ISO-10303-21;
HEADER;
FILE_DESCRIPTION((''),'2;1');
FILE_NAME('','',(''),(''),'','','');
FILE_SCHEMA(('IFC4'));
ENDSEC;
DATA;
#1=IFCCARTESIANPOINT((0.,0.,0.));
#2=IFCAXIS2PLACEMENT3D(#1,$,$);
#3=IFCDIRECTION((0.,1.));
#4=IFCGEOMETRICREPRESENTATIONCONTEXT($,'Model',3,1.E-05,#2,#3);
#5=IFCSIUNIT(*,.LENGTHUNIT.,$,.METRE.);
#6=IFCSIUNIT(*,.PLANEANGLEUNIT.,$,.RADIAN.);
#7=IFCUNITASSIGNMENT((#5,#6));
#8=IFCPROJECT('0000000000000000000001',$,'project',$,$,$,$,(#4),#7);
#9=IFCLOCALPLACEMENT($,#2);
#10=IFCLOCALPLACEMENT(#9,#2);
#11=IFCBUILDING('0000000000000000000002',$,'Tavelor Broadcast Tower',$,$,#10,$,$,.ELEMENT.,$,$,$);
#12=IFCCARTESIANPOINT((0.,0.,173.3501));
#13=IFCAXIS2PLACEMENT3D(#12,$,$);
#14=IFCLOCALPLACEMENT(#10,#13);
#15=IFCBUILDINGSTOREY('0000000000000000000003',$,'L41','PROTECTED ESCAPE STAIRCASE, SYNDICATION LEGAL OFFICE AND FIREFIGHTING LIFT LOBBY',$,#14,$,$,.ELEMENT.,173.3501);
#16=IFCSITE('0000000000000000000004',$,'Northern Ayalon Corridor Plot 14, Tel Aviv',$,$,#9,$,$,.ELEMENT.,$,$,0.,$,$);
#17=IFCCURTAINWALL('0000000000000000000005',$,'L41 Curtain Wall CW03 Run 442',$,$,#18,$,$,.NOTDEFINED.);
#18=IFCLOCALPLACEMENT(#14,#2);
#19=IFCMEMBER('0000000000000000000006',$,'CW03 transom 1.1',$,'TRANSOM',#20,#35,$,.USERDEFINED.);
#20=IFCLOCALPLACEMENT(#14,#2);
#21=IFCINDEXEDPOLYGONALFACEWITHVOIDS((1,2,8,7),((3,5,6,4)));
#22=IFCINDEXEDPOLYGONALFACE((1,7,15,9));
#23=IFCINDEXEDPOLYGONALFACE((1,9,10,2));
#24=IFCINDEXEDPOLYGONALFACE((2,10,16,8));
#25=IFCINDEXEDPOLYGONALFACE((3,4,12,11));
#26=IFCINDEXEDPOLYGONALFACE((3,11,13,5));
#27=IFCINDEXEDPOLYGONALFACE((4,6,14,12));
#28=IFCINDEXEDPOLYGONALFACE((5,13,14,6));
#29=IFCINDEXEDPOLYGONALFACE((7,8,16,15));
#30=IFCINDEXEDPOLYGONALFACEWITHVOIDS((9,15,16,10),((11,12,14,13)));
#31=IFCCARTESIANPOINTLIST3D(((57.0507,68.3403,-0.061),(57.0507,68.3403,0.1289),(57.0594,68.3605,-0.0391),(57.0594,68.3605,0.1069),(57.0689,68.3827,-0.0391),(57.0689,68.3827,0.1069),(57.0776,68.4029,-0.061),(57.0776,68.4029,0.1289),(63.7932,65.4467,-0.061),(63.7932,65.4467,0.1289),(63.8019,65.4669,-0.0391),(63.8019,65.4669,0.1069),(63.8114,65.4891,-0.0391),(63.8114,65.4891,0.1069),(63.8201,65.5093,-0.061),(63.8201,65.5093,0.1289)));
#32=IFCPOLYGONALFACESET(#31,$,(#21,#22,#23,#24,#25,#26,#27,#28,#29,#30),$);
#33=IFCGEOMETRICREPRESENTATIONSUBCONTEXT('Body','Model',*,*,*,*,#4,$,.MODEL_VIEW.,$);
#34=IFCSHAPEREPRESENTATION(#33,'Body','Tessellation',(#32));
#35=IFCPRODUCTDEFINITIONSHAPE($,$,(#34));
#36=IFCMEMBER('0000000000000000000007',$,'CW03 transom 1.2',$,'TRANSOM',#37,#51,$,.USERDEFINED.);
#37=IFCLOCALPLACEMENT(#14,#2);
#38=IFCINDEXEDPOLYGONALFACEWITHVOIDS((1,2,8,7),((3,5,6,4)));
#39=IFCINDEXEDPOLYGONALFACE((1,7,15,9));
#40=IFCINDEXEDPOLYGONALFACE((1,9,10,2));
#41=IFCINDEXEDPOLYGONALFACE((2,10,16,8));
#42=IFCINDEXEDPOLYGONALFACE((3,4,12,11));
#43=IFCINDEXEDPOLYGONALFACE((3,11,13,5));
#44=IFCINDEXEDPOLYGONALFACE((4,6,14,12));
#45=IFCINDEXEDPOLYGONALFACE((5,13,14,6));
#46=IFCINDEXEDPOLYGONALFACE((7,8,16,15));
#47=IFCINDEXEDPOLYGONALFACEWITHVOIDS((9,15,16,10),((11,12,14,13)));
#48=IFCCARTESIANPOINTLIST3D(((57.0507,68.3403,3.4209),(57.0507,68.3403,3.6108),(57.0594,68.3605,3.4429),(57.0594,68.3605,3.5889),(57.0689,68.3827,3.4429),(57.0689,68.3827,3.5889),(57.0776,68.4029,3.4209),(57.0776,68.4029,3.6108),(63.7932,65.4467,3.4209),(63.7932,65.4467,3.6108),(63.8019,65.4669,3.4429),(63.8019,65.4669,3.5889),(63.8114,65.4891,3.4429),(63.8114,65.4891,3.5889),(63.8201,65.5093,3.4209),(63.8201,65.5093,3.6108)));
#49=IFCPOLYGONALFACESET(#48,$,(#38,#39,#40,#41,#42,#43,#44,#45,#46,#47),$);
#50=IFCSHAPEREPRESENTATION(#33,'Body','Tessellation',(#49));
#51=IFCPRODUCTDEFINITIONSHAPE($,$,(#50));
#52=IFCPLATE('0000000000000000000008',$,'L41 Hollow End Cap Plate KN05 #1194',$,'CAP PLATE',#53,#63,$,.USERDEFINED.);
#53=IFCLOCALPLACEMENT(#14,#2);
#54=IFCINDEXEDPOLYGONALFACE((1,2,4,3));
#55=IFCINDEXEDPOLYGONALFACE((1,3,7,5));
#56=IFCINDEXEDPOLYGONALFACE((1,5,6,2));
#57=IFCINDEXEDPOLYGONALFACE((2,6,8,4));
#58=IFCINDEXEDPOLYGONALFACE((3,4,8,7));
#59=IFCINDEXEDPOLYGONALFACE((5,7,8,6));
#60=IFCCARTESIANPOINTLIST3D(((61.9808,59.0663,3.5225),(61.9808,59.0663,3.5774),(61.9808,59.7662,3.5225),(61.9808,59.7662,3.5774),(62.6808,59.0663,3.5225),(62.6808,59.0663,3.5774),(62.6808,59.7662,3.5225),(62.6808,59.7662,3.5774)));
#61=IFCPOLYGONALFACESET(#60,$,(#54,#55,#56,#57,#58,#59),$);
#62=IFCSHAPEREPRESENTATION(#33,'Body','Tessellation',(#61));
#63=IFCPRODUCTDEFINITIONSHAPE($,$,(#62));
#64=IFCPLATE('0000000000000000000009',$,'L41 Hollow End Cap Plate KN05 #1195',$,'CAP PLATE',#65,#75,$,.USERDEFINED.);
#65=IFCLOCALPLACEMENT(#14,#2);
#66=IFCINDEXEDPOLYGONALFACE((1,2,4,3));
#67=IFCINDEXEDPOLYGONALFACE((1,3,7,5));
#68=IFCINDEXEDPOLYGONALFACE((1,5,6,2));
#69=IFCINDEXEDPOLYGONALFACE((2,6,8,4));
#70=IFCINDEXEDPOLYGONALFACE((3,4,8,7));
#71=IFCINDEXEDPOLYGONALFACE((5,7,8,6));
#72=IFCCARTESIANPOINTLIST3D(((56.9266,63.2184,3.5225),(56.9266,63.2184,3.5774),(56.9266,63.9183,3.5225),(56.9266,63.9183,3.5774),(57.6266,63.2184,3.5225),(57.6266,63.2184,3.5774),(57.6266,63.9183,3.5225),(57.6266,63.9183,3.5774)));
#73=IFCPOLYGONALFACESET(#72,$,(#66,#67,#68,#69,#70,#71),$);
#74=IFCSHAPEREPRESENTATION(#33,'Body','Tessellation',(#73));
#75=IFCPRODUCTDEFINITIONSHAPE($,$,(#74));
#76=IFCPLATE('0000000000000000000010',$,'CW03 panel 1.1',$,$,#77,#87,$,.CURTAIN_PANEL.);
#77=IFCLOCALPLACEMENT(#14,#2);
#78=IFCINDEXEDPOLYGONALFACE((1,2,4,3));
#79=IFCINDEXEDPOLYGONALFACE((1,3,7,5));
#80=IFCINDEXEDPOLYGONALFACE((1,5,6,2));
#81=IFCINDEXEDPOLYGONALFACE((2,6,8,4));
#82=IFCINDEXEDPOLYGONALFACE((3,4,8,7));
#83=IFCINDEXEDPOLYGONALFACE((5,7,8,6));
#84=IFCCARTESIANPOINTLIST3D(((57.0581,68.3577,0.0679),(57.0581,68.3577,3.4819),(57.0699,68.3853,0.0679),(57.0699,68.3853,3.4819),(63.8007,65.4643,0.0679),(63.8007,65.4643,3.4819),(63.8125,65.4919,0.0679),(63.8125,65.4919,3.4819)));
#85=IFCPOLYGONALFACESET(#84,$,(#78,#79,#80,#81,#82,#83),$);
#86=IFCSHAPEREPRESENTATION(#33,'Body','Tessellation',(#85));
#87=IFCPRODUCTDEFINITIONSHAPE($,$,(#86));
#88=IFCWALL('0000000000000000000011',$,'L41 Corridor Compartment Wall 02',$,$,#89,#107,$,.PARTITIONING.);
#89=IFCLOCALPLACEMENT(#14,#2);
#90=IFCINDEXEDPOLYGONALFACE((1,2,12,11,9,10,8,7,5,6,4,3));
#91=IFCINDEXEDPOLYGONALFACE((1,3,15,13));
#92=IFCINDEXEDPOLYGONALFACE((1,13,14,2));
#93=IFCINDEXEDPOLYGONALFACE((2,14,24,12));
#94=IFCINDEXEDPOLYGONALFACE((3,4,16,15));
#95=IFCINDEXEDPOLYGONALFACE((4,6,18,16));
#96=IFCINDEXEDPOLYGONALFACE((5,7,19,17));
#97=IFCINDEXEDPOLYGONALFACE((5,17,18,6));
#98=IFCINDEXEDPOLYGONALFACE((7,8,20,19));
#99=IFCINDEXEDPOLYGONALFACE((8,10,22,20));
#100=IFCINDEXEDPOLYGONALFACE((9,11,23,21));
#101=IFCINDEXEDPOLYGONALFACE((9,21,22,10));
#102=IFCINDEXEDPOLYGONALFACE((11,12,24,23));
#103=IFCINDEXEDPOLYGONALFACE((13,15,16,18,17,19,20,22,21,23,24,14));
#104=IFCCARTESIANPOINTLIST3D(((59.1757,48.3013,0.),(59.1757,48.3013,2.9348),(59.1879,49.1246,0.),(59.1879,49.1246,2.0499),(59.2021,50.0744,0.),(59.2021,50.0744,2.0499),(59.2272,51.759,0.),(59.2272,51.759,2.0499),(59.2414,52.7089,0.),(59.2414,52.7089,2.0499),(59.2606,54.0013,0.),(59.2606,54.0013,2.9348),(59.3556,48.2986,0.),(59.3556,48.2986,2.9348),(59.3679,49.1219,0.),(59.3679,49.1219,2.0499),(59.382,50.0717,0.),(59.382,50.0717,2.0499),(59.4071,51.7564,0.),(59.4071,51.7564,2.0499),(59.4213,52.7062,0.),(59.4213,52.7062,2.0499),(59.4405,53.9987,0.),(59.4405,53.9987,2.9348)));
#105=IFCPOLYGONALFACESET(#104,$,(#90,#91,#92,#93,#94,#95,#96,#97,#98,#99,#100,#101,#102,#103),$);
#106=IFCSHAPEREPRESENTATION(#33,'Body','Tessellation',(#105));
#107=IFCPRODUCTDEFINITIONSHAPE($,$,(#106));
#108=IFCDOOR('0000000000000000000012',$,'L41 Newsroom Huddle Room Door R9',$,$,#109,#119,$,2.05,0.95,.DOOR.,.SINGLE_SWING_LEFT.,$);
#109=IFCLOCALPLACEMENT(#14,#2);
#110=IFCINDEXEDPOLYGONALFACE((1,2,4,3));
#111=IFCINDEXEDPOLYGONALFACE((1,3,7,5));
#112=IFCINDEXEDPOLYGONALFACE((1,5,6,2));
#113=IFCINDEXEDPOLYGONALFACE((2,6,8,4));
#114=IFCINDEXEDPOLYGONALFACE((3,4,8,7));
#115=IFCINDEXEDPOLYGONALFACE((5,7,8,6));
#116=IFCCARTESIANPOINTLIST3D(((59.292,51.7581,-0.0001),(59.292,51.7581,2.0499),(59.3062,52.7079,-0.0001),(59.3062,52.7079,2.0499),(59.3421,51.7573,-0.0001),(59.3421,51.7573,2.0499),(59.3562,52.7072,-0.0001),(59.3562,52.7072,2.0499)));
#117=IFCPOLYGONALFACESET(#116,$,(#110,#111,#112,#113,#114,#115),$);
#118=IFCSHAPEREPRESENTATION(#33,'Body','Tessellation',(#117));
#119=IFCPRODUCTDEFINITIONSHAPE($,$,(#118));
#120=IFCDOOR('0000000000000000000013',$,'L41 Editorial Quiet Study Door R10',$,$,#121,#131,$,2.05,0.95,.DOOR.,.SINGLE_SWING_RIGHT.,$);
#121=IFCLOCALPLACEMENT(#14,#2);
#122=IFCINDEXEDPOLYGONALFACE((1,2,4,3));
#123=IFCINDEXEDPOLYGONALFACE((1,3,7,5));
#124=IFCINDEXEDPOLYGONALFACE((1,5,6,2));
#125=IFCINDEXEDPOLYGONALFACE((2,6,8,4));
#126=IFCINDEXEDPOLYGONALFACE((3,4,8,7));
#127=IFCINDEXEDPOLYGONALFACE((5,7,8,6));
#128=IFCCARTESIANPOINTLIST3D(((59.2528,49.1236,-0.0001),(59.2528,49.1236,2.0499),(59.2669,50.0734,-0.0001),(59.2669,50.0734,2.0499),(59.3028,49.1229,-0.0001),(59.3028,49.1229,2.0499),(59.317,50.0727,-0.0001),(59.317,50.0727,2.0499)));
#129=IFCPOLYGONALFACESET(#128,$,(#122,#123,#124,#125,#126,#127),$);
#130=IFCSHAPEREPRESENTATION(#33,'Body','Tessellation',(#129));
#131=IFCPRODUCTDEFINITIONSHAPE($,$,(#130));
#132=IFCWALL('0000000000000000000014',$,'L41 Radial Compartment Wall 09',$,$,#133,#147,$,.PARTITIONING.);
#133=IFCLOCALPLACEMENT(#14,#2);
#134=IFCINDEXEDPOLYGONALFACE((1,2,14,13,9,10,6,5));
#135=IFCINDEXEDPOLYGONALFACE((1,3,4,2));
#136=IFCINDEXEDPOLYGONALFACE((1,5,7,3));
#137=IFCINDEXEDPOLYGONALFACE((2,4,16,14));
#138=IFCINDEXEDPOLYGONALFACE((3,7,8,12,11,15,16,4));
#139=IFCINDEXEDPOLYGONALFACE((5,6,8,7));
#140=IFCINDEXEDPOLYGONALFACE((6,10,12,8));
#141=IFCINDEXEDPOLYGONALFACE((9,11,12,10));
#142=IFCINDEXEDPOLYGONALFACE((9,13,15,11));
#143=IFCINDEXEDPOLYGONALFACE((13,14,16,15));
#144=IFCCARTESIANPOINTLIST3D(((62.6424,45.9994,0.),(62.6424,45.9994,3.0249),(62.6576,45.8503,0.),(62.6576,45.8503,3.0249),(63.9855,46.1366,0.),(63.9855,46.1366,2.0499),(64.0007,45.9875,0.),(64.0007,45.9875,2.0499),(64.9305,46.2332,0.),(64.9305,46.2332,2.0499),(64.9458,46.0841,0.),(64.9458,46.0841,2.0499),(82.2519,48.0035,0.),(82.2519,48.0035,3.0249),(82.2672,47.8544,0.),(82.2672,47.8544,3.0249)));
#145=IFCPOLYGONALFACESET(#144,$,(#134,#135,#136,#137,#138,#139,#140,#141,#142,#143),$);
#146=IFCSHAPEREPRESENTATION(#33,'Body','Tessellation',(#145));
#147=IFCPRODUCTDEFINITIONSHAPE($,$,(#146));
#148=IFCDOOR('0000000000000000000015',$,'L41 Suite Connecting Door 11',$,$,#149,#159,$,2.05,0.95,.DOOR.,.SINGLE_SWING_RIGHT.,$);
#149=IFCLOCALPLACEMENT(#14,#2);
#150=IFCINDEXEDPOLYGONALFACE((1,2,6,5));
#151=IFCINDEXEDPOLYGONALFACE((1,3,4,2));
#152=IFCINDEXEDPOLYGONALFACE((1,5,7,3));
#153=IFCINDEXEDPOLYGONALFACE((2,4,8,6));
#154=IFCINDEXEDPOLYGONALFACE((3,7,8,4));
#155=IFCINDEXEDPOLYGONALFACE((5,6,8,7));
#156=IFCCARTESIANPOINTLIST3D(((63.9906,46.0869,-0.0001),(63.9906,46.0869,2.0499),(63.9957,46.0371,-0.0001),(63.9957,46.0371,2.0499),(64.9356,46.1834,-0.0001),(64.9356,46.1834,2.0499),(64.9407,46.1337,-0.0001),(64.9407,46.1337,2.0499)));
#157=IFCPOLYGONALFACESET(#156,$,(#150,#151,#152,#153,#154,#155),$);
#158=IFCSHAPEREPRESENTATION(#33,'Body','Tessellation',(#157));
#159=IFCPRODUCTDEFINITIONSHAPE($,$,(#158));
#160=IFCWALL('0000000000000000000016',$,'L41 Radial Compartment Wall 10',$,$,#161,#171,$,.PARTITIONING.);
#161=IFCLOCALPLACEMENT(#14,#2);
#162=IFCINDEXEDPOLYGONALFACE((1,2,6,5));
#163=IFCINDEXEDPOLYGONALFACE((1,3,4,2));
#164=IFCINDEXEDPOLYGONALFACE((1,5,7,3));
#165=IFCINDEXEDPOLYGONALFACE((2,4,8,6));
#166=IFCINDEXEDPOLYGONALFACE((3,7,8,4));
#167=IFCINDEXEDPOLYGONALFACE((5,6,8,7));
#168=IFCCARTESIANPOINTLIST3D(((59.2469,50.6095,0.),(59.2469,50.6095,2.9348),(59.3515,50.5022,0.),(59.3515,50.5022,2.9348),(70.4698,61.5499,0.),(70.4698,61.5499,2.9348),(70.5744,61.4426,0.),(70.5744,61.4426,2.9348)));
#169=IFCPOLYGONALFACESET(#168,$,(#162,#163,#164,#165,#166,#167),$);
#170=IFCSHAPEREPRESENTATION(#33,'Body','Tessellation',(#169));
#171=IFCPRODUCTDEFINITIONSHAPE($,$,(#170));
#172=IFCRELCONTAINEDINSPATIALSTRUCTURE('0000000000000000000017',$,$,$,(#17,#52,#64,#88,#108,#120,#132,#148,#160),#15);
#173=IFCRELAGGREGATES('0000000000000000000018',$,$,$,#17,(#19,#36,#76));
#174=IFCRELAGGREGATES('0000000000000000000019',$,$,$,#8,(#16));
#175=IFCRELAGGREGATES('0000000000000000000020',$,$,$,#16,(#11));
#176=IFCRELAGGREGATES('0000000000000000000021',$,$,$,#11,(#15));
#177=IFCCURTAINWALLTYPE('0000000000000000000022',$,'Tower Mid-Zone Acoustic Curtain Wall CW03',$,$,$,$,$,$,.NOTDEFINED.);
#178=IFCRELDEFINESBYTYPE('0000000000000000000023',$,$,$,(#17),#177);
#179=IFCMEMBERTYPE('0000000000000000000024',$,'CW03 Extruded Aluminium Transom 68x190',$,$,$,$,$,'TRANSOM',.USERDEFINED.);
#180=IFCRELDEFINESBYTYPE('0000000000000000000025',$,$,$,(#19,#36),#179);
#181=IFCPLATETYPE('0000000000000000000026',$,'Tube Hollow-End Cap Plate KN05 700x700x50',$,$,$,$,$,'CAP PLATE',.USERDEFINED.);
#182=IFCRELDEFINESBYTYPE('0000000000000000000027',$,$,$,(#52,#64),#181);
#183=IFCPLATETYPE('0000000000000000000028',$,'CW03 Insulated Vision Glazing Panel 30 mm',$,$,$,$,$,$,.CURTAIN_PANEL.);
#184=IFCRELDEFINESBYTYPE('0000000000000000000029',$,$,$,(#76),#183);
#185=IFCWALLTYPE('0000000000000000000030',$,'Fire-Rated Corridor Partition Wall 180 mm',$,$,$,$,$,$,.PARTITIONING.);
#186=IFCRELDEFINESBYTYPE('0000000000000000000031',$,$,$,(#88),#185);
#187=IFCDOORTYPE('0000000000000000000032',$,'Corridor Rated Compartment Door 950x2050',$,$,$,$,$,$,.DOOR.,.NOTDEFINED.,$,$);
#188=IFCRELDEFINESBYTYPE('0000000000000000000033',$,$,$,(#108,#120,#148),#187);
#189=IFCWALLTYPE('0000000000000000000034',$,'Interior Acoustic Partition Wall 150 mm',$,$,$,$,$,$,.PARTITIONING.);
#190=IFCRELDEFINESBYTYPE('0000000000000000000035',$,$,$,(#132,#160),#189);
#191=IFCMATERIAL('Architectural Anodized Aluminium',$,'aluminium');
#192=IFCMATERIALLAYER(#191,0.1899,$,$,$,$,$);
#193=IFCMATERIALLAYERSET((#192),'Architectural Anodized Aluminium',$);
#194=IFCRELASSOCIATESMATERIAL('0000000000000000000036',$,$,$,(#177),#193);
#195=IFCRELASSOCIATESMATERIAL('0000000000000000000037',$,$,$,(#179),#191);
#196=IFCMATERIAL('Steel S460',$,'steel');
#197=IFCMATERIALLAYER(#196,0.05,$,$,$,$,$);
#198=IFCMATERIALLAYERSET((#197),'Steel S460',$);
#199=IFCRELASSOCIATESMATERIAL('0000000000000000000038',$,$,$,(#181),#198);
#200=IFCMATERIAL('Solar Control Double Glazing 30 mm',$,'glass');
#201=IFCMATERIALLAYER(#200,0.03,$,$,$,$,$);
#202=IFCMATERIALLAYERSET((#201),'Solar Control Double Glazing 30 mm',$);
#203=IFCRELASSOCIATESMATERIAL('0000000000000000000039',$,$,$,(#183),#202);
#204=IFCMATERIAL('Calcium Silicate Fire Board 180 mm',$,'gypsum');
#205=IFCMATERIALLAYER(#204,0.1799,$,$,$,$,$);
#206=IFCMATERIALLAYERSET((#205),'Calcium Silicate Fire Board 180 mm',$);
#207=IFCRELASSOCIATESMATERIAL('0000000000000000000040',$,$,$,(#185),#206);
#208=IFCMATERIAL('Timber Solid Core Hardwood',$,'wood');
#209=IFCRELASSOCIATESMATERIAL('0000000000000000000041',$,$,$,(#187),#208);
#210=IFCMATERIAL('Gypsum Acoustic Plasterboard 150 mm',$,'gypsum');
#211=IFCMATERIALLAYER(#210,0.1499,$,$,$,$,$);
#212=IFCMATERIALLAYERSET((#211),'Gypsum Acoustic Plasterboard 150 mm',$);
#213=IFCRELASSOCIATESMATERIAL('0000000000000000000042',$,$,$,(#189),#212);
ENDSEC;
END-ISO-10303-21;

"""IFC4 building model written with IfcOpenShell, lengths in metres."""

from ifc_helpers import new_model, si_unit, direction, frame, frame_2d, origin, origin_2d, place, context, subcontext, project, spatial, rectangle, hollow_rectangle, extrude, source, transform, mapped, material, layer, layer_set, material_profile, profile_set, type_object, type_shapes, element, fill, aggregate, save


model = new_model("IFC4")

# Units and contexts
model_context = context("Model", 3, precision=1e-05, world=origin(), true_north=direction((0.0, 1.0)))
body_context = subcontext(model_context, "Body", "Model", "MODEL_VIEW")
ifc_project = project(units=[si_unit("LENGTHUNIT", "METRE"), si_unit("PLANEANGLEUNIT", "RADIAN")], contexts=[model_context])

# Site, building, storey
site_placement = place(None, origin())
site = spatial("IfcSite", under=ifc_project, at=site_placement, Name="Northern Ayalon Corridor Plot 14, Tel Aviv", CompositionType="ELEMENT", RefElevation=0.0)
building_placement = place(site_placement, origin())
building = spatial("IfcBuilding", under=site, at=building_placement, Name="Tavelor Broadcast Tower", CompositionType="ELEMENT")
storey_placement = place(building_placement, frame((0.0, 0.0, 173.3501)))
storey = spatial("IfcBuildingStorey", under=building, at=storey_placement, Name="L41", Description="PROTECTED ESCAPE STAIRCASE, SYNDICATION LEGAL OFFICE AND FIREFIGHTING LIFT LOBBY", CompositionType="ELEMENT", Elevation=173.3501)

# Shared definitions
ifc_material_1 = material(Name="Steel S460", Category="steel")

# Curtain wall, members
ifc_material_2 = material(Name="Architectural Anodized Aluminium", Category="aluminium")
ifc_layer_1 = layer(ifc_material_2, 0.1899)
ifc_layer_set_1 = layer_set([ifc_layer_1], Name="Architectural Anodized Aluminium")
curtain_wall_type = type_object("IfcCurtainWallType", Name="Tower Mid-Zone Acoustic Curtain Wall CW03", PredefinedType="NOTDEFINED", material=ifc_layer_set_1)
curtain_wall_placement = place(storey_placement, origin())
curtain_wall = element("IfcCurtainWall", 1, at=curtain_wall_placement, inside=storey, type_object=curtain_wall_type, Name="L41 Curtain Wall CW03 Run 442", PredefinedType="NOTDEFINED")
ifc_material_profile_1 = material_profile(ifc_material_2, hollow_rectangle(XDim=0.0681, YDim=0.1899, WallThickness=0.022, at=origin_2d()), Name="RHS 68x190x22")
ifc_profile_set_1 = profile_set([ifc_material_profile_1], Name="Architectural Anodized Aluminium")
member_type_1 = type_object("IfcMemberType", Name="CW03 Extruded Aluminium Transom 68x190", ElementType="TRANSOM", PredefinedType="USERDEFINED", material=ifc_profile_set_1)
shared_shape_1 = source(origin(), body_context, "Body", "SweptSolid", [
    extrude(hollow_rectangle(XDim=0.0681, YDim=0.1899, WallThickness=0.022, at=origin_2d()), origin(), (0.0, 0.0, 1.0), 7.3372),
])
type_shapes(member_type_1, [shared_shape_1])
member_1_placement = place(storey_placement, frame((63.8066, 65.478, 0.0339), z_axis=(-0.91895, 0.394373, 0.0), x_axis=(-0.394373, -0.91895, 0.0)))
member_1 = element("IfcMember", 2, at=member_1_placement, type_object=member_type_1, Name="CW03 transom 1.1", ObjectType="TRANSOM", PredefinedType="USERDEFINED", context=body_context, shape_type="MappedRepresentation", body=[
    mapped(shared_shape_1, transform((0.0, 0.0, 0.0), scale=1.0)),
])
member_2_placement = place(storey_placement, frame((63.8066, 65.478, 3.5159), z_axis=(-0.91895, 0.394373, 0.0), x_axis=(-0.394373, -0.91895, 0.0)))
member_2 = element("IfcMember", 3, at=member_2_placement, type_object=member_type_1, Name="CW03 transom 1.2", ObjectType="TRANSOM", PredefinedType="USERDEFINED", context=body_context, shape_type="MappedRepresentation", body=[
    mapped(shared_shape_1, transform((0.0, 0.0, 0.0), scale=1.0)),
])

# Plates
ifc_layer_2 = layer(ifc_material_1, 0.05)
ifc_layer_set_2 = layer_set([ifc_layer_2], Name="Steel S460")
plate_type_1 = type_object("IfcPlateType", Name="Tube Hollow-End Cap Plate KN05 700x700x50", ElementType="CAP PLATE", PredefinedType="USERDEFINED", material=ifc_layer_set_2)
shared_shape_2 = source(origin(), body_context, "Body", "SweptSolid", [
    extrude(rectangle(XDim=0.7, YDim=0.7, at=origin_2d()), origin(), (0.0, 0.0, 1.0), 0.0549),
])
type_shapes(plate_type_1, [shared_shape_2])
for number, where, z_axis, x_axis, name in (
    (4, (62.3308, 59.4163, 3.5225), (0.0, 0.0, 1.0), (1.0, 0.0, 0.0), "L41 Hollow End Cap Plate KN05 #1194"),
    (5, (57.2766, 63.5684, 3.5225), (0.0, 0.0, 1.0), (1.0, 0.0, 0.0), "L41 Hollow End Cap Plate KN05 #1195"),
):
    element("IfcPlate", number, at=place(storey_placement, frame(where, z_axis=z_axis, x_axis=x_axis)), inside=storey, type_object=plate_type_1, Name=name, ObjectType="CAP PLATE", PredefinedType="USERDEFINED", context=body_context, shape_type="MappedRepresentation", body=[
        mapped(shared_shape_2, transform((0.0, 0.0, 0.0), scale=1.0)),
    ])

# Plate
ifc_material_3 = material(Name="Solar Control Double Glazing 30 mm", Category="glass")
ifc_layer_3 = layer(ifc_material_3, 0.03)
ifc_layer_set_3 = layer_set([ifc_layer_3], Name="Solar Control Double Glazing 30 mm")
plate_type_2 = type_object("IfcPlateType", Name="CW03 Insulated Vision Glazing Panel 30 mm", PredefinedType="CURTAIN_PANEL", material=ifc_layer_set_3)
shared_shape_3 = source(origin(), body_context, "Body", "SweptSolid", [
    extrude(rectangle(XDim=7.3372, YDim=0.03, at=origin_2d()), origin(), (0.0, 0.0, 1.0), 3.4141),
])
type_shapes(plate_type_2, [shared_shape_3])
plate_placement = place(storey_placement, frame((60.4353, 66.9248, 0.0679), z_axis=(0.0, 0.0, 1.0), x_axis=(-0.918964, 0.394342, 0.0)))
plate = element("IfcPlate", 6, at=plate_placement, type_object=plate_type_2, Name="CW03 panel 1.1", PredefinedType="CURTAIN_PANEL", context=body_context, shape_type="MappedRepresentation", body=[
    mapped(shared_shape_3, transform((0.0, 0.0, 0.0), scale=1.0)),
])
aggregate(curtain_wall, [member_1, member_2, plate])

# Wall, openings, doors
ifc_material_4 = material(Name="Calcium Silicate Fire Board 180 mm", Category="gypsum")
ifc_layer_4 = layer(ifc_material_4, 0.1799)
ifc_layer_set_4 = layer_set([ifc_layer_4], Name="Calcium Silicate Fire Board 180 mm")
wall_type_1 = type_object("IfcWallType", Name="Fire-Rated Corridor Partition Wall 180 mm", PredefinedType="PARTITIONING", material=ifc_layer_set_4)
wall_1_placement = place(storey_placement, frame((59.3506, 54.0, 0.0), z_axis=(0.0, 0.0, 1.0), x_axis=(-0.014904, -0.999889, 0.0)))
wall_1 = element("IfcWall", 7, at=wall_1_placement, inside=storey, type_object=wall_type_1, Name="L41 Corridor Compartment Wall 02", PredefinedType="PARTITIONING", context=body_context, shape_type="SweptSolid", body=[
    extrude(rectangle(XDim=5.7007, YDim=0.1799, at=frame_2d((2.8503, 0.0))), origin(), (0.0, 0.0, 1.0), 2.9348),
])
opening_1_placement = place(wall_1_placement, frame((1.2925, 0.0, 0.0)))
opening_1 = element("IfcOpeningElement", 8, at=opening_1_placement, cuts=wall_1, PredefinedType="OPENING", context=body_context, shape_type="SweptSolid", body=[
    extrude(rectangle(XDim=0.95, YDim=2.05, at=frame_2d((0.4751, 1.0249))), frame((0.0, 0.1001, 0.0), z_axis=(0.0, -1.0, 0.0), x_axis=(1.0, 0.0, 0.0)), (0.0, 0.0, 1.0), 0.2),
])
opening_2_placement = place(wall_1_placement, frame((3.9272, 0.0, 0.0)))
opening_2 = element("IfcOpeningElement", 9, at=opening_2_placement, cuts=wall_1, PredefinedType="OPENING", context=body_context, shape_type="SweptSolid", body=[
    extrude(rectangle(XDim=0.95, YDim=2.05, at=frame_2d((0.4751, 1.0249))), frame((0.0, 0.1001, 0.0), z_axis=(0.0, -1.0, 0.0), x_axis=(1.0, 0.0, 0.0)), (0.0, 0.0, 1.0), 0.2),
])
ifc_material_5 = material(Name="Timber Solid Core Hardwood", Category="wood")
door_type_1 = type_object("IfcDoorType", Name="Corridor Rated Compartment Door 950x2050", OperationType="NOTDEFINED", PredefinedType="DOOR", material=ifc_material_5)
door_1_placement = place(opening_1_placement, origin())
door_1 = element("IfcDoor", 10, at=door_1_placement, inside=storey, type_object=door_type_1, Name="L41 Newsroom Huddle Room Door R9", OperationType="SINGLE_SWING_LEFT", OverallHeight=2.05, OverallWidth=0.95, PredefinedType="DOOR", context=body_context, shape_type="SweptSolid", body=[
    extrude(rectangle(XDim=0.95, YDim=2.05, at=frame_2d((0.4751, 1.0249))), frame((0.0, 0.0249, 0.0), z_axis=(0.0, -1.0, 0.0), x_axis=(1.0, 0.0, 0.0)), (0.0, 0.0, 1.0), 0.05),
])
fill(opening_1, door_1)
door_2_placement = place(opening_2_placement, origin())
door_2 = element("IfcDoor", 11, at=door_2_placement, inside=storey, type_object=door_type_1, Name="L41 Editorial Quiet Study Door R10", OperationType="SINGLE_SWING_RIGHT", OverallHeight=2.05, OverallWidth=0.95, PredefinedType="DOOR", context=body_context, shape_type="SweptSolid", body=[
    extrude(rectangle(XDim=0.95, YDim=2.05, at=frame_2d((0.4751, 1.0249))), frame((0.0, 0.0249, 0.0), z_axis=(0.0, -1.0, 0.0), x_axis=(1.0, 0.0, 0.0)), (0.0, 0.0, 1.0), 0.05),
])
fill(opening_2, door_2)

# Wall, opening, door
ifc_material_6 = material(Name="Gypsum Acoustic Plasterboard 150 mm", Category="gypsum")
ifc_layer_5 = layer(ifc_material_6, 0.1499)
ifc_layer_set_5 = layer_set([ifc_layer_5], Name="Gypsum Acoustic Plasterboard 150 mm")
wall_type_2 = type_object("IfcWallType", Name="Interior Acoustic Partition Wall 150 mm", PredefinedType="PARTITIONING", material=ifc_layer_set_5)
wall_2_placement = place(storey_placement, frame((62.6499, 45.9248, 0.0), z_axis=(0.0, 0.0, 1.0), x_axis=(0.994818, 0.101673, 0.0)))
wall_2 = element("IfcWall", 12, at=wall_2_placement, inside=storey, type_object=wall_type_2, Name="L41 Radial Compartment Wall 09", PredefinedType="PARTITIONING", context=body_context, shape_type="SweptSolid", body=[
    extrude(rectangle(XDim=19.7117, YDim=0.1499, at=frame_2d((9.856, 0.0))), origin(), (0.0, 0.0, 1.0), 3.0249),
])
opening_3_placement = place(wall_2_placement, frame((1.3501, 0.0, 0.0)))
opening_3 = element("IfcOpeningElement", 13, at=opening_3_placement, cuts=wall_2, PredefinedType="OPENING", context=body_context, shape_type="SweptSolid", body=[
    extrude(rectangle(XDim=0.95, YDim=2.05, at=frame_2d((0.4751, 1.0249))), frame((0.0, 0.085, 0.0), z_axis=(0.0, -1.0, 0.0), x_axis=(1.0, 0.0, 0.0)), (0.0, 0.0, 1.0), 0.1699),
])
door_3_placement = place(opening_3_placement, origin())
door_3 = element("IfcDoor", 14, at=door_3_placement, inside=storey, type_object=door_type_1, Name="L41 Suite Connecting Door 11", OperationType="SINGLE_SWING_RIGHT", OverallHeight=2.05, OverallWidth=0.95, PredefinedType="DOOR", context=body_context, shape_type="SweptSolid", body=[
    extrude(rectangle(XDim=0.95, YDim=2.05, at=frame_2d((0.4751, 1.0249))), frame((0.0, 0.0249, 0.0), z_axis=(0.0, -1.0, 0.0), x_axis=(1.0, 0.0, 0.0)), (0.0, 0.0, 1.0), 0.05),
])
fill(opening_3, door_3)

# Wall
wall_3_placement = place(storey_placement, frame((59.2993, 50.5559, 0.0), z_axis=(0.0, 0.0, 1.0), x_axis=(0.716061, 0.698038, 0.0)))
element("IfcWall", 15, at=wall_3_placement, inside=storey, type_object=wall_type_2, Name="L41 Radial Compartment Wall 10", PredefinedType="PARTITIONING", context=body_context, shape_type="SweptSolid", body=[
    extrude(rectangle(XDim=15.6731, YDim=0.1499, at=frame_2d((7.8364, 0.0))), origin(), (0.0, 0.0, 1.0), 2.9348),
])

save(model, "model.ifc")
